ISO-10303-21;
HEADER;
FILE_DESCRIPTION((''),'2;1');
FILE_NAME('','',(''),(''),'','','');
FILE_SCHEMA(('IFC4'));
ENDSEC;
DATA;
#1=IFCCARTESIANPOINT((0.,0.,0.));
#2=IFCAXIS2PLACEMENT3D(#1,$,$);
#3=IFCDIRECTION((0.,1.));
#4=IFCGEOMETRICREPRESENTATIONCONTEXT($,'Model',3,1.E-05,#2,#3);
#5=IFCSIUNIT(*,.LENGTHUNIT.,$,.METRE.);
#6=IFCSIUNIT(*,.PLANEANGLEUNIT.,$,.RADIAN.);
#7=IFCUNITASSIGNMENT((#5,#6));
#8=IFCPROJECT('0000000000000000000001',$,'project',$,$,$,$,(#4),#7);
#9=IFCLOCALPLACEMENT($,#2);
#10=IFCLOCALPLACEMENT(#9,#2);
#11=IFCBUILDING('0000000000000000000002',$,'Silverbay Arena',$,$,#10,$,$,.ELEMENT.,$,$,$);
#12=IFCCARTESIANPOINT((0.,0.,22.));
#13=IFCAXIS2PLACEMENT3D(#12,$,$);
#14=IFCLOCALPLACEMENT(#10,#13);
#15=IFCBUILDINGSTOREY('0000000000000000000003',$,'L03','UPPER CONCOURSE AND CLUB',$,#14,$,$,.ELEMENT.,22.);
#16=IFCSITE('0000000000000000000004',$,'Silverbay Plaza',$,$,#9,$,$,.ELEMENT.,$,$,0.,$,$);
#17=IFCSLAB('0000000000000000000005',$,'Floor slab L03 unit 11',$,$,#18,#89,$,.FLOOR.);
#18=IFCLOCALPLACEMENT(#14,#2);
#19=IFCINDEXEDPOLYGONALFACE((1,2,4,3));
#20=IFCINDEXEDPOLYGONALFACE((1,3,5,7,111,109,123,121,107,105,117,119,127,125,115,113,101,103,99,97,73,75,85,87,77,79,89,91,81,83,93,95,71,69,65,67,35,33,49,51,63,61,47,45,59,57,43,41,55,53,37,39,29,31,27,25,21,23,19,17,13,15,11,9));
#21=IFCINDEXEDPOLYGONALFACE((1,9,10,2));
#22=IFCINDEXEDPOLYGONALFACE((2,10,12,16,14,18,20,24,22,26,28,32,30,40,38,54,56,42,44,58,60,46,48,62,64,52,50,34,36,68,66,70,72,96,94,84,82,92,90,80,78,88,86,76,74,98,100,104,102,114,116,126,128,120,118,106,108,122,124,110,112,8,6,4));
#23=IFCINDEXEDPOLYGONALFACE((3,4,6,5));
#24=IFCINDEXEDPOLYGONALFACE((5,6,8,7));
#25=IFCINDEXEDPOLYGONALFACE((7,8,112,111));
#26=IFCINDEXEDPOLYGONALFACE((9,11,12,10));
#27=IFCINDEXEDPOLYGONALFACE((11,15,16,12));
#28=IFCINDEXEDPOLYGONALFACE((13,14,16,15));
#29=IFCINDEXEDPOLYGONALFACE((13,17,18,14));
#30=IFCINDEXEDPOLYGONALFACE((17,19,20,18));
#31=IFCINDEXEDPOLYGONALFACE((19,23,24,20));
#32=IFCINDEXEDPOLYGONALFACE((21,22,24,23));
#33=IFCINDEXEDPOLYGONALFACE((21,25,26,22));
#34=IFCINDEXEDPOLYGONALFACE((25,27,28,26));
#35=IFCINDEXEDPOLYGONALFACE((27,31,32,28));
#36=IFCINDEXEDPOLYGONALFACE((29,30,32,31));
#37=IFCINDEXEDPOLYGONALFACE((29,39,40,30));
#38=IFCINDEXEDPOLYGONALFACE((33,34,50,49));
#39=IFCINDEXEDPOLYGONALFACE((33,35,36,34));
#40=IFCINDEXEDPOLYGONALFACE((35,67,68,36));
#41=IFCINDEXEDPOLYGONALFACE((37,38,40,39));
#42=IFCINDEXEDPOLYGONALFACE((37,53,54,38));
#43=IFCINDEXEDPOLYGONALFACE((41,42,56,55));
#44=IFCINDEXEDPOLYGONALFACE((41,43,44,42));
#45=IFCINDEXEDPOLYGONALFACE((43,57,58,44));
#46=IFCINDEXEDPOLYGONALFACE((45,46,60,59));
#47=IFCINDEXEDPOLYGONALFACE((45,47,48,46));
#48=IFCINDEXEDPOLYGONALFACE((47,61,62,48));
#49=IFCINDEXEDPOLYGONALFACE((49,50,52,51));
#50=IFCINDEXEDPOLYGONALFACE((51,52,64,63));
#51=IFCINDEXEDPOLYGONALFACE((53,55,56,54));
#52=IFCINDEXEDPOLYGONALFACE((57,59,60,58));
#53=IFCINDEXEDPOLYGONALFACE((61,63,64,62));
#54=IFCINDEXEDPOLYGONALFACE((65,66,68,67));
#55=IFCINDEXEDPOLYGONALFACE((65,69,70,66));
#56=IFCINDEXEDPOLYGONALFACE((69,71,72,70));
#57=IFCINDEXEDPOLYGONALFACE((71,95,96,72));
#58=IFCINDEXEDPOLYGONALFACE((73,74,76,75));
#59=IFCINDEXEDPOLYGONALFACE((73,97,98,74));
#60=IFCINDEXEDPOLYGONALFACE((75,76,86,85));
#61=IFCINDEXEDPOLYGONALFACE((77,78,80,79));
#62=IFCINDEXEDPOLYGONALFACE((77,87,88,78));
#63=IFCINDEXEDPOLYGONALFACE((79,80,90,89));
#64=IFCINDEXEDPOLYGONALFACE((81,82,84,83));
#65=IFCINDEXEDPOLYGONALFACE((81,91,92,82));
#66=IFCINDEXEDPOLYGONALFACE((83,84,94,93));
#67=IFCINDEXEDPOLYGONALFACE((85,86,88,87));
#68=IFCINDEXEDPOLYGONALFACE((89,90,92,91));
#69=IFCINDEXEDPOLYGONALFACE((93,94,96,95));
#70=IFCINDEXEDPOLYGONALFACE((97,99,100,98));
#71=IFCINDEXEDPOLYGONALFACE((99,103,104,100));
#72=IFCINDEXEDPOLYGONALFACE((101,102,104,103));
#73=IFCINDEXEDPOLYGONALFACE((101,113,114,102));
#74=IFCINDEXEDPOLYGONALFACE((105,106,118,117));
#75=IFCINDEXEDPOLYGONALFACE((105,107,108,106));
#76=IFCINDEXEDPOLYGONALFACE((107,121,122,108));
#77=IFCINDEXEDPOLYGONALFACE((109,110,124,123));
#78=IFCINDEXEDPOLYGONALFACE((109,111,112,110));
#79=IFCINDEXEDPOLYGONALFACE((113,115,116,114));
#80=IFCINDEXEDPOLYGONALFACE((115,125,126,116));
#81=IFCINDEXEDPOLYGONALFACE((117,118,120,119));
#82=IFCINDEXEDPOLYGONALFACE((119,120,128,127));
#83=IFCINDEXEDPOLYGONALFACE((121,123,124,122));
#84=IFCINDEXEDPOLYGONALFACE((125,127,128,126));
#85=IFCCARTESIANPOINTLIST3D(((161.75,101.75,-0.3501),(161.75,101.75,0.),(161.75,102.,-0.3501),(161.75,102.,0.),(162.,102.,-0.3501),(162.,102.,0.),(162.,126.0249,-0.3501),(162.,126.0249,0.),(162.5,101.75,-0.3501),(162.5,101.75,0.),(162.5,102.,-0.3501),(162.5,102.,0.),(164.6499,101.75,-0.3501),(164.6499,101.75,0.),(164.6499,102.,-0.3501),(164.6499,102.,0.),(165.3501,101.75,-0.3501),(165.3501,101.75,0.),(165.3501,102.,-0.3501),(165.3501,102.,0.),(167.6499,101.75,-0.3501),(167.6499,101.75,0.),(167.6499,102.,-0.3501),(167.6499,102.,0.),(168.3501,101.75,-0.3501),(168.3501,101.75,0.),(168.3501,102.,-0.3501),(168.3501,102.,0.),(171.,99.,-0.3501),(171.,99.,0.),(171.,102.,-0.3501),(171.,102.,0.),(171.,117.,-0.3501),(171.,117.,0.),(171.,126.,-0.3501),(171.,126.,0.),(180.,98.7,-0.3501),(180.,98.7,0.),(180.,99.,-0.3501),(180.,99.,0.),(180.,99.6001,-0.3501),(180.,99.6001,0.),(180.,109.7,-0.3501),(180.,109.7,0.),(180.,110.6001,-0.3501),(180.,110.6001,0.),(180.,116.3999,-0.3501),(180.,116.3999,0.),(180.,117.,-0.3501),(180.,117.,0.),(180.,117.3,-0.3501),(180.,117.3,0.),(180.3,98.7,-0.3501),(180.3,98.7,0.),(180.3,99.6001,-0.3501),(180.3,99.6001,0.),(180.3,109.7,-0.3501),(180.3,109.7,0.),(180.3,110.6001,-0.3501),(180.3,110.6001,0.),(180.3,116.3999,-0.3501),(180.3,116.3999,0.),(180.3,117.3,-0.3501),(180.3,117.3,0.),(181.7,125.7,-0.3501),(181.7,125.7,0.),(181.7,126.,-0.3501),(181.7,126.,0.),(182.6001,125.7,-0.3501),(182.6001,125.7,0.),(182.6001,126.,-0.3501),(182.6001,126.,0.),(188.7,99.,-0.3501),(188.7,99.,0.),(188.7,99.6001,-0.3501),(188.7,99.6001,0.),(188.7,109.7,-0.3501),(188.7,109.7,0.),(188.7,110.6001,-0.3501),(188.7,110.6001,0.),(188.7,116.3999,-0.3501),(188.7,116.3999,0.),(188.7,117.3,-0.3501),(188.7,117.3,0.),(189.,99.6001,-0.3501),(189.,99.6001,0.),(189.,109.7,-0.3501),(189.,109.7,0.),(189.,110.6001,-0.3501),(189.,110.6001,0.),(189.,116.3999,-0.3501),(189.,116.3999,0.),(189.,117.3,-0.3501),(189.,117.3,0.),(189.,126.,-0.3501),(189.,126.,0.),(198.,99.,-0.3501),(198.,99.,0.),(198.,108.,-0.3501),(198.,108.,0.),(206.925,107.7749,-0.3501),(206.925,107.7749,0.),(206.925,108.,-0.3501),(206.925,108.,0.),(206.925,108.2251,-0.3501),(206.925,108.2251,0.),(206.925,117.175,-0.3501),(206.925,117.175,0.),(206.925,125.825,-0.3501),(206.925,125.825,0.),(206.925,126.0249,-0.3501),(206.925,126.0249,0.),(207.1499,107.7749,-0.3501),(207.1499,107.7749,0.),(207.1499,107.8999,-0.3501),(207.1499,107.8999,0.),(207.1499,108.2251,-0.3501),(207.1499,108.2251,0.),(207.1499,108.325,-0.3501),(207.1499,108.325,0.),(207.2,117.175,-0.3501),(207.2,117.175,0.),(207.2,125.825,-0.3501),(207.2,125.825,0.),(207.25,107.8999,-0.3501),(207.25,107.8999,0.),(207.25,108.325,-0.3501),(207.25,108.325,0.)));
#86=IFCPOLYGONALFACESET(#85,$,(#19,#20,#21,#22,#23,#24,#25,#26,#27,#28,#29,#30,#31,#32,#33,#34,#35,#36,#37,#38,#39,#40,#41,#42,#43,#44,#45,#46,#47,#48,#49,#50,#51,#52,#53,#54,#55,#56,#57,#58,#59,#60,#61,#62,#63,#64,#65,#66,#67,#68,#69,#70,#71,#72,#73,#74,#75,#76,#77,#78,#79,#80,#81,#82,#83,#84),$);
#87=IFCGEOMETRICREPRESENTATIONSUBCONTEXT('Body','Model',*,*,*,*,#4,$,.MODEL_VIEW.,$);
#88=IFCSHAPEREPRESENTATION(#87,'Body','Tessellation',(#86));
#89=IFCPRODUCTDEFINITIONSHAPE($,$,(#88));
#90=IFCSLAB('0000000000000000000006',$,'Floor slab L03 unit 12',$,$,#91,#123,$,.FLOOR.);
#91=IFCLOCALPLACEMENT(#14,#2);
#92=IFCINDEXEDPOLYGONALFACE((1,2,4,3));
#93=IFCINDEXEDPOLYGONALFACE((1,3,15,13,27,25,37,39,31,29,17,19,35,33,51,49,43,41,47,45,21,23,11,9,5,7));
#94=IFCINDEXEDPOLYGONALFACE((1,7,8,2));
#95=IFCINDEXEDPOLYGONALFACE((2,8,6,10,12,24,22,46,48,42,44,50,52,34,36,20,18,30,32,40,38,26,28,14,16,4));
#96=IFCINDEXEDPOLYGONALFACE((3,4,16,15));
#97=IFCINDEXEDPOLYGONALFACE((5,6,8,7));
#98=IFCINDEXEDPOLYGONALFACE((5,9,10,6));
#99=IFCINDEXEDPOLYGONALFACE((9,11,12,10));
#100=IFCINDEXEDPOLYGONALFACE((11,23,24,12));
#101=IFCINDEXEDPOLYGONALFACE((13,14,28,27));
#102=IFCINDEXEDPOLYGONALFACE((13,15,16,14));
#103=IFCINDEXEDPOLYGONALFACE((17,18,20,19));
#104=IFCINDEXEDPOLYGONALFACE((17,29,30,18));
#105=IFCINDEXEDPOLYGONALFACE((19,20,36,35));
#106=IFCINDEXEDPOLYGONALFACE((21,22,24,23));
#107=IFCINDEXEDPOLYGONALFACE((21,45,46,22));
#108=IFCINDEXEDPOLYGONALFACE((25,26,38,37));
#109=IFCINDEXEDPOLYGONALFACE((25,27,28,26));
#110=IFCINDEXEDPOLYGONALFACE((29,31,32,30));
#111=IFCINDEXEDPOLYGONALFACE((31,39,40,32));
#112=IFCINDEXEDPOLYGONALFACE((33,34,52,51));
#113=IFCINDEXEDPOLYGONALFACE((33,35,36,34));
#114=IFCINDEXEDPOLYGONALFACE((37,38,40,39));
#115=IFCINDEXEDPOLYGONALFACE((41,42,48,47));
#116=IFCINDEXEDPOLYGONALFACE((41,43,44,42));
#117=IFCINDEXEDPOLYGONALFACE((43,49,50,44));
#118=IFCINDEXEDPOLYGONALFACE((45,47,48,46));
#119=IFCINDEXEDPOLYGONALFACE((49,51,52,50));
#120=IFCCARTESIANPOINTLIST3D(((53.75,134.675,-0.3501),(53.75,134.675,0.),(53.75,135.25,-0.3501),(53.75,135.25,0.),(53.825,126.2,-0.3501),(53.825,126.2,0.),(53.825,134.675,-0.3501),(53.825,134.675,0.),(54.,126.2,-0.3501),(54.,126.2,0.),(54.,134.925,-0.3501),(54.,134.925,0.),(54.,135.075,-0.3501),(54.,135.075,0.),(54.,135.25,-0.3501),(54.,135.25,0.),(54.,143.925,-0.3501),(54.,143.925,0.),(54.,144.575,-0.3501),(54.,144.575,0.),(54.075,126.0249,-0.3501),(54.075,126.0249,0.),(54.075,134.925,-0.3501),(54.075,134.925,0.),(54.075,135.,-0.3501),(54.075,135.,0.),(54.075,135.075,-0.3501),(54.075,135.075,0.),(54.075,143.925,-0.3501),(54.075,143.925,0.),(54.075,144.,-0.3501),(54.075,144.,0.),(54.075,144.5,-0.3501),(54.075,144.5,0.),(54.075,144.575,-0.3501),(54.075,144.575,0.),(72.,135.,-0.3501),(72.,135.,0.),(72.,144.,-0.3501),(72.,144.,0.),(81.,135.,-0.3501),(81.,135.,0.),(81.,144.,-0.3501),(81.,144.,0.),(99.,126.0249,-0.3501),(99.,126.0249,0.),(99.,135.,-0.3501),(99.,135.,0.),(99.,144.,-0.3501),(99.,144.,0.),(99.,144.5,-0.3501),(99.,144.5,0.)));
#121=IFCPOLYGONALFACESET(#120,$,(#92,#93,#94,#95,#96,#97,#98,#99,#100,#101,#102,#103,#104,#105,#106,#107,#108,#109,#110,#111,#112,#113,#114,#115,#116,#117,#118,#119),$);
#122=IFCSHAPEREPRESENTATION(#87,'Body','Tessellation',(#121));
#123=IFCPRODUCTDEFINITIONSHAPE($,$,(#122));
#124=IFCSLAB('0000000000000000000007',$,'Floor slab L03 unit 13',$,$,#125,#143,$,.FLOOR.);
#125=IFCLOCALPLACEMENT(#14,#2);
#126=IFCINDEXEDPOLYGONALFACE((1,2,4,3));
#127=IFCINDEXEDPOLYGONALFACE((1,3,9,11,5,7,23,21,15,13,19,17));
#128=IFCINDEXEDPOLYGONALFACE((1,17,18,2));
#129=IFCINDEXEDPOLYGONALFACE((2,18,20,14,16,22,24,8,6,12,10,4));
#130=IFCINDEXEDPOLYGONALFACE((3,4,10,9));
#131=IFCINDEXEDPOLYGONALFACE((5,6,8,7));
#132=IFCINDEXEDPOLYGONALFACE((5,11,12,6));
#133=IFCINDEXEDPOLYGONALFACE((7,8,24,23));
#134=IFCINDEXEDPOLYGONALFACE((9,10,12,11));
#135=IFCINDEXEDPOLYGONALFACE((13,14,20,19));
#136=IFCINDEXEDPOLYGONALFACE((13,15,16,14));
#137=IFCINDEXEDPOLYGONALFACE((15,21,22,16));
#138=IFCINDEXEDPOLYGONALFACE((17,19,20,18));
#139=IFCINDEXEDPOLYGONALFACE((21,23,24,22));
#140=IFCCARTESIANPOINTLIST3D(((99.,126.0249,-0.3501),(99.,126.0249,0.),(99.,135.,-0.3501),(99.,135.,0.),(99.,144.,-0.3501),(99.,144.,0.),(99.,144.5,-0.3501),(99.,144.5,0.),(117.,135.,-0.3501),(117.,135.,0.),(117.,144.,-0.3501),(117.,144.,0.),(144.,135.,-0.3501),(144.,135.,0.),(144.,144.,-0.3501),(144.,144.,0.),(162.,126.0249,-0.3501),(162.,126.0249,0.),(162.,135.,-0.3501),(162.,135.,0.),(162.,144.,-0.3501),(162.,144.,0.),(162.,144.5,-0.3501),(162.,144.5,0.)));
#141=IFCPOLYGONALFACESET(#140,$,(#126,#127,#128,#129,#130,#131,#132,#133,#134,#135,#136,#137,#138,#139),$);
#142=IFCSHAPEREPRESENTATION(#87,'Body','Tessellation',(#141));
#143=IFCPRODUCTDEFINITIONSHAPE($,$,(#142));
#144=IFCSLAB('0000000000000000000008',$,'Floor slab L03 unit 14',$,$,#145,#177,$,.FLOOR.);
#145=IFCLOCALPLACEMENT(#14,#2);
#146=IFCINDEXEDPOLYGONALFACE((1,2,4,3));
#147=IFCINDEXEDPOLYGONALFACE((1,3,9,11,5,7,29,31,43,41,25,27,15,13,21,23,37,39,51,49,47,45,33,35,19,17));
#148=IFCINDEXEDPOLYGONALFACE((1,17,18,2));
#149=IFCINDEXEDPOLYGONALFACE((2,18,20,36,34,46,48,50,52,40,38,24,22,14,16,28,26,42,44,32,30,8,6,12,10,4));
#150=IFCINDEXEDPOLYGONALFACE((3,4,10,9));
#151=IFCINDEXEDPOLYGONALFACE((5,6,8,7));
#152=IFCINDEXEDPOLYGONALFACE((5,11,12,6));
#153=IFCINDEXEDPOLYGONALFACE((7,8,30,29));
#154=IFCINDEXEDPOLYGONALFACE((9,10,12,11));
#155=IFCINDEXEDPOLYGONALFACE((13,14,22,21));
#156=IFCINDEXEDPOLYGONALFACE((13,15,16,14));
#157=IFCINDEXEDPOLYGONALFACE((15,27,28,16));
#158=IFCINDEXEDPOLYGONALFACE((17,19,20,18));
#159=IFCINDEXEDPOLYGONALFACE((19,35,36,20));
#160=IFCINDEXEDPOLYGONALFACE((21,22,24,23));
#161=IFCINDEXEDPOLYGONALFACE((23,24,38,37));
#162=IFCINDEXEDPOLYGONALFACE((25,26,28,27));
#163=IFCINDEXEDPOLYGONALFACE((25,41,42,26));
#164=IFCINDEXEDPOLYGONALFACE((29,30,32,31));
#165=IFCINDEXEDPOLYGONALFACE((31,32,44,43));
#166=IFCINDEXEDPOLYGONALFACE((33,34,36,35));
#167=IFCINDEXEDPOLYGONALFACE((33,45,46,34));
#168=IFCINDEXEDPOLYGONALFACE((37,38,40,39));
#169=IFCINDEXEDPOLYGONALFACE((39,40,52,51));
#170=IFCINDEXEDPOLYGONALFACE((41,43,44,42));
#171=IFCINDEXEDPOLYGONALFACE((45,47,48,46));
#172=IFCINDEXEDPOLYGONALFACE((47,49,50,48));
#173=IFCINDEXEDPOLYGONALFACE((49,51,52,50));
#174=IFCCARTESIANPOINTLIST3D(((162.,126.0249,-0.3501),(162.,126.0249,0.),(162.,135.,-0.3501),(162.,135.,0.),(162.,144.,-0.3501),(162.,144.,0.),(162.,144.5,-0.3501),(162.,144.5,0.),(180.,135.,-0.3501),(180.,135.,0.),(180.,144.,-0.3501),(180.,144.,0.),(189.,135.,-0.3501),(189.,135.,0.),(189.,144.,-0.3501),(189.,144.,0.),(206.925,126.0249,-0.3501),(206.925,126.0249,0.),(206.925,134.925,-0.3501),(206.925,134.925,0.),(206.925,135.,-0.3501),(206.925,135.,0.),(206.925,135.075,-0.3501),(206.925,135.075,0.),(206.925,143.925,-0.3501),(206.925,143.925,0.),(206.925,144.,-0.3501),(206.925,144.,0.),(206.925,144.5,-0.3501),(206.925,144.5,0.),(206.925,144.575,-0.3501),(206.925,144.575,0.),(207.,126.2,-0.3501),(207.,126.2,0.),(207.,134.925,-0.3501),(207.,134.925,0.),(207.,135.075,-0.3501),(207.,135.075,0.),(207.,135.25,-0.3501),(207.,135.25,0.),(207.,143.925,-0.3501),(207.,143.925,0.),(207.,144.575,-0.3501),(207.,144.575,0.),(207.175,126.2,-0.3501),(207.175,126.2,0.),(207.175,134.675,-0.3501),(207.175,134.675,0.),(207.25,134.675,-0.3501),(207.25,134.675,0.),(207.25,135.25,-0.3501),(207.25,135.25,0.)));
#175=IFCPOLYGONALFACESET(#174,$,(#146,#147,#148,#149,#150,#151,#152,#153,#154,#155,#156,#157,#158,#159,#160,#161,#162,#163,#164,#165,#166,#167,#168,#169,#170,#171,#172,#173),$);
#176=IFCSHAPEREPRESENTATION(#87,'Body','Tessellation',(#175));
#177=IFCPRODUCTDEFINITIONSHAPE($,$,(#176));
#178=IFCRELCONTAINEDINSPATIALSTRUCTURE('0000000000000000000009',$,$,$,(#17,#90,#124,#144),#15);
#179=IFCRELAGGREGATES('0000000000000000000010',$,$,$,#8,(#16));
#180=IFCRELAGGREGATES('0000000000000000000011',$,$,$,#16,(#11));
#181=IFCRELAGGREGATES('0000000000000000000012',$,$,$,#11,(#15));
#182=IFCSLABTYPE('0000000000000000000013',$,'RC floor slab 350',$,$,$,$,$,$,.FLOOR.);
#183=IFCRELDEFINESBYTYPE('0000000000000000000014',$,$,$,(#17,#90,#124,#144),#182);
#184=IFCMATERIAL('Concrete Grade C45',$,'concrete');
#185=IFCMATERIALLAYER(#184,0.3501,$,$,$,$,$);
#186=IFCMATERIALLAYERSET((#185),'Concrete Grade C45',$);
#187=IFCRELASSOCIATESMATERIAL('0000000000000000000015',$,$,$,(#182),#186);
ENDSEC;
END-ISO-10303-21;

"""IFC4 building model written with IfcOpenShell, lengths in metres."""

from ifc_helpers import new_model, si_unit, direction, frame, origin, place, context, subcontext, project, spatial, polyline, outline, extrude, material, layer, layer_set, type_object, element, save


model = new_model("IFC4")

# Units and contexts
model_context = context("Model", 3, precision=1e-05, world=origin(), true_north=direction((0.0, 1.0)))
body_context = subcontext(model_context, "Body", "Model", "MODEL_VIEW")
ifc_project = project(units=[si_unit("LENGTHUNIT", "METRE"), si_unit("PLANEANGLEUNIT", "RADIAN")], contexts=[model_context])

# Site, building, storey
site_placement = place(None, origin())
site = spatial("IfcSite", under=ifc_project, at=site_placement, Name="Silverbay Plaza", CompositionType="ELEMENT", RefElevation=0.0)
building_placement = place(site_placement, origin())
building = spatial("IfcBuilding", under=site, at=building_placement, Name="Silverbay Arena", CompositionType="ELEMENT")
storey_placement = place(building_placement, frame((0.0, 0.0, 22.0)))
storey = spatial("IfcBuildingStorey", under=building, at=storey_placement, Name="L03", Description="UPPER CONCOURSE AND CLUB", CompositionType="ELEMENT", Elevation=22.0)

# Slabs
ifc_material_1 = material(Name="Concrete Grade C45", Category="concrete")
ifc_layer_1 = layer(ifc_material_1, 0.3501)
ifc_layer_set_1 = layer_set([ifc_layer_1], Name="Concrete Grade C45")
slab_type_1 = type_object("IfcSlabType", Name="RC floor slab 350", PredefinedType="FLOOR", material=ifc_layer_set_1)
slab_1_placement = place(storey_placement, frame((0.0, 0.0, -0.3501)))
element("IfcSlab", 1, at=slab_1_placement, inside=storey, type_object=slab_type_1, Name="Floor slab L03 unit 11", PredefinedType="FLOOR", context=body_context, shape_type="SweptSolid", body=[
    extrude(outline(polyline([(207.25, 107.8999), (207.1499, 107.8999), (207.1499, 107.7749), (206.925, 107.7749), (206.925, 108.0), (198.0, 108.0), (198.0, 99.0), (188.7, 99.0), (188.7, 99.6001), (189.0, 99.6001), (189.0, 109.7), (188.7, 109.7), (188.7, 110.6001), (189.0, 110.6001), (189.0, 116.3999), (188.7, 116.3999), (188.7, 117.3), (189.0, 117.3), (189.0, 126.0), (182.6001, 126.0), (182.6001, 125.7), (181.7, 125.7), (181.7, 126.0), (171.0, 126.0), (171.0, 117.0), (180.0, 117.0), (180.0, 117.3), (180.3, 117.3), (180.3, 116.3999), (180.0, 116.3999), (180.0, 110.6001), (180.3, 110.6001), (180.3, 109.7), (180.0, 109.7), (180.0, 99.6001), (180.3, 99.6001), (180.3, 98.7), (180.0, 98.7), (180.0, 99.0), (171.0, 99.0), (171.0, 102.0), (168.3501, 102.0), (168.3501, 101.75), (167.6499, 101.75), (167.6499, 102.0), (165.3501, 102.0), (165.3501, 101.75), (164.6499, 101.75), (164.6499, 102.0), (162.5, 102.0), (162.5, 101.75), (161.75, 101.75), (161.75, 102.0), (162.0, 102.0), (162.0, 126.0249), (206.925, 126.0249), (206.925, 125.825), (207.2, 125.825), (207.2, 117.175), (206.925, 117.175), (206.925, 108.2251), (207.1499, 108.2251), (207.1499, 108.325), (207.25, 108.325), (207.25, 107.8999)])), origin(), (0.0, 0.0, 1.0), 0.3501),
])
slab_2_placement = place(storey_placement, frame((0.0, 0.0, -0.3501)))
element("IfcSlab", 2, at=slab_2_placement, inside=storey, type_object=slab_type_1, Name="Floor slab L03 unit 12", PredefinedType="FLOOR", context=body_context, shape_type="SweptSolid", body=[
    extrude(outline(polyline([(53.75, 134.675), (53.75, 135.25), (54.0, 135.25), (54.0, 135.075), (54.075, 135.075), (54.075, 135.0), (72.0, 135.0), (72.0, 144.0), (54.075, 144.0), (54.075, 143.925), (54.0, 143.925), (54.0, 144.575), (54.075, 144.575), (54.075, 144.5), (99.0, 144.5), (99.0, 144.0), (81.0, 144.0), (81.0, 135.0), (99.0, 135.0), (99.0, 126.0249), (54.075, 126.0249), (54.075, 134.925), (54.0, 134.925), (54.0, 126.2), (53.825, 126.2), (53.825, 134.675), (53.75, 134.675)])), origin(), (0.0, 0.0, 1.0), 0.3501),
])
slab_3_placement = place(storey_placement, frame((0.0, 0.0, -0.3501)))
element("IfcSlab", 3, at=slab_3_placement, inside=storey, type_object=slab_type_1, Name="Floor slab L03 unit 13", PredefinedType="FLOOR", context=body_context, shape_type="SweptSolid", body=[
    extrude(outline(polyline([(99.0, 126.0249), (99.0, 135.0), (117.0, 135.0), (117.0, 144.0), (99.0, 144.0), (99.0, 144.5), (162.0, 144.5), (162.0, 144.0), (144.0, 144.0), (144.0, 135.0), (162.0, 135.0), (162.0, 126.0249), (99.0, 126.0249)])), origin(), (0.0, 0.0, 1.0), 0.3501),
])
slab_4_placement = place(storey_placement, frame((0.0, 0.0, -0.3501)))
element("IfcSlab", 4, at=slab_4_placement, inside=storey, type_object=slab_type_1, Name="Floor slab L03 unit 14", PredefinedType="FLOOR", context=body_context, shape_type="SweptSolid", body=[
    extrude(outline(polyline([(207.25, 134.675), (207.175, 134.675), (207.175, 126.2), (207.0, 126.2), (207.0, 134.925), (206.925, 134.925), (206.925, 126.0249), (162.0, 126.0249), (162.0, 135.0), (180.0, 135.0), (180.0, 144.0), (162.0, 144.0), (162.0, 144.5), (206.925, 144.5), (206.925, 144.575), (207.0, 144.575), (207.0, 143.925), (206.925, 143.925), (206.925, 144.0), (189.0, 144.0), (189.0, 135.0), (206.925, 135.0), (206.925, 135.075), (207.0, 135.075), (207.0, 135.25), (207.25, 135.25), (207.25, 134.675)])), origin(), (0.0, 0.0, 1.0), 0.3501),
])

save(model, "model.ifc")
